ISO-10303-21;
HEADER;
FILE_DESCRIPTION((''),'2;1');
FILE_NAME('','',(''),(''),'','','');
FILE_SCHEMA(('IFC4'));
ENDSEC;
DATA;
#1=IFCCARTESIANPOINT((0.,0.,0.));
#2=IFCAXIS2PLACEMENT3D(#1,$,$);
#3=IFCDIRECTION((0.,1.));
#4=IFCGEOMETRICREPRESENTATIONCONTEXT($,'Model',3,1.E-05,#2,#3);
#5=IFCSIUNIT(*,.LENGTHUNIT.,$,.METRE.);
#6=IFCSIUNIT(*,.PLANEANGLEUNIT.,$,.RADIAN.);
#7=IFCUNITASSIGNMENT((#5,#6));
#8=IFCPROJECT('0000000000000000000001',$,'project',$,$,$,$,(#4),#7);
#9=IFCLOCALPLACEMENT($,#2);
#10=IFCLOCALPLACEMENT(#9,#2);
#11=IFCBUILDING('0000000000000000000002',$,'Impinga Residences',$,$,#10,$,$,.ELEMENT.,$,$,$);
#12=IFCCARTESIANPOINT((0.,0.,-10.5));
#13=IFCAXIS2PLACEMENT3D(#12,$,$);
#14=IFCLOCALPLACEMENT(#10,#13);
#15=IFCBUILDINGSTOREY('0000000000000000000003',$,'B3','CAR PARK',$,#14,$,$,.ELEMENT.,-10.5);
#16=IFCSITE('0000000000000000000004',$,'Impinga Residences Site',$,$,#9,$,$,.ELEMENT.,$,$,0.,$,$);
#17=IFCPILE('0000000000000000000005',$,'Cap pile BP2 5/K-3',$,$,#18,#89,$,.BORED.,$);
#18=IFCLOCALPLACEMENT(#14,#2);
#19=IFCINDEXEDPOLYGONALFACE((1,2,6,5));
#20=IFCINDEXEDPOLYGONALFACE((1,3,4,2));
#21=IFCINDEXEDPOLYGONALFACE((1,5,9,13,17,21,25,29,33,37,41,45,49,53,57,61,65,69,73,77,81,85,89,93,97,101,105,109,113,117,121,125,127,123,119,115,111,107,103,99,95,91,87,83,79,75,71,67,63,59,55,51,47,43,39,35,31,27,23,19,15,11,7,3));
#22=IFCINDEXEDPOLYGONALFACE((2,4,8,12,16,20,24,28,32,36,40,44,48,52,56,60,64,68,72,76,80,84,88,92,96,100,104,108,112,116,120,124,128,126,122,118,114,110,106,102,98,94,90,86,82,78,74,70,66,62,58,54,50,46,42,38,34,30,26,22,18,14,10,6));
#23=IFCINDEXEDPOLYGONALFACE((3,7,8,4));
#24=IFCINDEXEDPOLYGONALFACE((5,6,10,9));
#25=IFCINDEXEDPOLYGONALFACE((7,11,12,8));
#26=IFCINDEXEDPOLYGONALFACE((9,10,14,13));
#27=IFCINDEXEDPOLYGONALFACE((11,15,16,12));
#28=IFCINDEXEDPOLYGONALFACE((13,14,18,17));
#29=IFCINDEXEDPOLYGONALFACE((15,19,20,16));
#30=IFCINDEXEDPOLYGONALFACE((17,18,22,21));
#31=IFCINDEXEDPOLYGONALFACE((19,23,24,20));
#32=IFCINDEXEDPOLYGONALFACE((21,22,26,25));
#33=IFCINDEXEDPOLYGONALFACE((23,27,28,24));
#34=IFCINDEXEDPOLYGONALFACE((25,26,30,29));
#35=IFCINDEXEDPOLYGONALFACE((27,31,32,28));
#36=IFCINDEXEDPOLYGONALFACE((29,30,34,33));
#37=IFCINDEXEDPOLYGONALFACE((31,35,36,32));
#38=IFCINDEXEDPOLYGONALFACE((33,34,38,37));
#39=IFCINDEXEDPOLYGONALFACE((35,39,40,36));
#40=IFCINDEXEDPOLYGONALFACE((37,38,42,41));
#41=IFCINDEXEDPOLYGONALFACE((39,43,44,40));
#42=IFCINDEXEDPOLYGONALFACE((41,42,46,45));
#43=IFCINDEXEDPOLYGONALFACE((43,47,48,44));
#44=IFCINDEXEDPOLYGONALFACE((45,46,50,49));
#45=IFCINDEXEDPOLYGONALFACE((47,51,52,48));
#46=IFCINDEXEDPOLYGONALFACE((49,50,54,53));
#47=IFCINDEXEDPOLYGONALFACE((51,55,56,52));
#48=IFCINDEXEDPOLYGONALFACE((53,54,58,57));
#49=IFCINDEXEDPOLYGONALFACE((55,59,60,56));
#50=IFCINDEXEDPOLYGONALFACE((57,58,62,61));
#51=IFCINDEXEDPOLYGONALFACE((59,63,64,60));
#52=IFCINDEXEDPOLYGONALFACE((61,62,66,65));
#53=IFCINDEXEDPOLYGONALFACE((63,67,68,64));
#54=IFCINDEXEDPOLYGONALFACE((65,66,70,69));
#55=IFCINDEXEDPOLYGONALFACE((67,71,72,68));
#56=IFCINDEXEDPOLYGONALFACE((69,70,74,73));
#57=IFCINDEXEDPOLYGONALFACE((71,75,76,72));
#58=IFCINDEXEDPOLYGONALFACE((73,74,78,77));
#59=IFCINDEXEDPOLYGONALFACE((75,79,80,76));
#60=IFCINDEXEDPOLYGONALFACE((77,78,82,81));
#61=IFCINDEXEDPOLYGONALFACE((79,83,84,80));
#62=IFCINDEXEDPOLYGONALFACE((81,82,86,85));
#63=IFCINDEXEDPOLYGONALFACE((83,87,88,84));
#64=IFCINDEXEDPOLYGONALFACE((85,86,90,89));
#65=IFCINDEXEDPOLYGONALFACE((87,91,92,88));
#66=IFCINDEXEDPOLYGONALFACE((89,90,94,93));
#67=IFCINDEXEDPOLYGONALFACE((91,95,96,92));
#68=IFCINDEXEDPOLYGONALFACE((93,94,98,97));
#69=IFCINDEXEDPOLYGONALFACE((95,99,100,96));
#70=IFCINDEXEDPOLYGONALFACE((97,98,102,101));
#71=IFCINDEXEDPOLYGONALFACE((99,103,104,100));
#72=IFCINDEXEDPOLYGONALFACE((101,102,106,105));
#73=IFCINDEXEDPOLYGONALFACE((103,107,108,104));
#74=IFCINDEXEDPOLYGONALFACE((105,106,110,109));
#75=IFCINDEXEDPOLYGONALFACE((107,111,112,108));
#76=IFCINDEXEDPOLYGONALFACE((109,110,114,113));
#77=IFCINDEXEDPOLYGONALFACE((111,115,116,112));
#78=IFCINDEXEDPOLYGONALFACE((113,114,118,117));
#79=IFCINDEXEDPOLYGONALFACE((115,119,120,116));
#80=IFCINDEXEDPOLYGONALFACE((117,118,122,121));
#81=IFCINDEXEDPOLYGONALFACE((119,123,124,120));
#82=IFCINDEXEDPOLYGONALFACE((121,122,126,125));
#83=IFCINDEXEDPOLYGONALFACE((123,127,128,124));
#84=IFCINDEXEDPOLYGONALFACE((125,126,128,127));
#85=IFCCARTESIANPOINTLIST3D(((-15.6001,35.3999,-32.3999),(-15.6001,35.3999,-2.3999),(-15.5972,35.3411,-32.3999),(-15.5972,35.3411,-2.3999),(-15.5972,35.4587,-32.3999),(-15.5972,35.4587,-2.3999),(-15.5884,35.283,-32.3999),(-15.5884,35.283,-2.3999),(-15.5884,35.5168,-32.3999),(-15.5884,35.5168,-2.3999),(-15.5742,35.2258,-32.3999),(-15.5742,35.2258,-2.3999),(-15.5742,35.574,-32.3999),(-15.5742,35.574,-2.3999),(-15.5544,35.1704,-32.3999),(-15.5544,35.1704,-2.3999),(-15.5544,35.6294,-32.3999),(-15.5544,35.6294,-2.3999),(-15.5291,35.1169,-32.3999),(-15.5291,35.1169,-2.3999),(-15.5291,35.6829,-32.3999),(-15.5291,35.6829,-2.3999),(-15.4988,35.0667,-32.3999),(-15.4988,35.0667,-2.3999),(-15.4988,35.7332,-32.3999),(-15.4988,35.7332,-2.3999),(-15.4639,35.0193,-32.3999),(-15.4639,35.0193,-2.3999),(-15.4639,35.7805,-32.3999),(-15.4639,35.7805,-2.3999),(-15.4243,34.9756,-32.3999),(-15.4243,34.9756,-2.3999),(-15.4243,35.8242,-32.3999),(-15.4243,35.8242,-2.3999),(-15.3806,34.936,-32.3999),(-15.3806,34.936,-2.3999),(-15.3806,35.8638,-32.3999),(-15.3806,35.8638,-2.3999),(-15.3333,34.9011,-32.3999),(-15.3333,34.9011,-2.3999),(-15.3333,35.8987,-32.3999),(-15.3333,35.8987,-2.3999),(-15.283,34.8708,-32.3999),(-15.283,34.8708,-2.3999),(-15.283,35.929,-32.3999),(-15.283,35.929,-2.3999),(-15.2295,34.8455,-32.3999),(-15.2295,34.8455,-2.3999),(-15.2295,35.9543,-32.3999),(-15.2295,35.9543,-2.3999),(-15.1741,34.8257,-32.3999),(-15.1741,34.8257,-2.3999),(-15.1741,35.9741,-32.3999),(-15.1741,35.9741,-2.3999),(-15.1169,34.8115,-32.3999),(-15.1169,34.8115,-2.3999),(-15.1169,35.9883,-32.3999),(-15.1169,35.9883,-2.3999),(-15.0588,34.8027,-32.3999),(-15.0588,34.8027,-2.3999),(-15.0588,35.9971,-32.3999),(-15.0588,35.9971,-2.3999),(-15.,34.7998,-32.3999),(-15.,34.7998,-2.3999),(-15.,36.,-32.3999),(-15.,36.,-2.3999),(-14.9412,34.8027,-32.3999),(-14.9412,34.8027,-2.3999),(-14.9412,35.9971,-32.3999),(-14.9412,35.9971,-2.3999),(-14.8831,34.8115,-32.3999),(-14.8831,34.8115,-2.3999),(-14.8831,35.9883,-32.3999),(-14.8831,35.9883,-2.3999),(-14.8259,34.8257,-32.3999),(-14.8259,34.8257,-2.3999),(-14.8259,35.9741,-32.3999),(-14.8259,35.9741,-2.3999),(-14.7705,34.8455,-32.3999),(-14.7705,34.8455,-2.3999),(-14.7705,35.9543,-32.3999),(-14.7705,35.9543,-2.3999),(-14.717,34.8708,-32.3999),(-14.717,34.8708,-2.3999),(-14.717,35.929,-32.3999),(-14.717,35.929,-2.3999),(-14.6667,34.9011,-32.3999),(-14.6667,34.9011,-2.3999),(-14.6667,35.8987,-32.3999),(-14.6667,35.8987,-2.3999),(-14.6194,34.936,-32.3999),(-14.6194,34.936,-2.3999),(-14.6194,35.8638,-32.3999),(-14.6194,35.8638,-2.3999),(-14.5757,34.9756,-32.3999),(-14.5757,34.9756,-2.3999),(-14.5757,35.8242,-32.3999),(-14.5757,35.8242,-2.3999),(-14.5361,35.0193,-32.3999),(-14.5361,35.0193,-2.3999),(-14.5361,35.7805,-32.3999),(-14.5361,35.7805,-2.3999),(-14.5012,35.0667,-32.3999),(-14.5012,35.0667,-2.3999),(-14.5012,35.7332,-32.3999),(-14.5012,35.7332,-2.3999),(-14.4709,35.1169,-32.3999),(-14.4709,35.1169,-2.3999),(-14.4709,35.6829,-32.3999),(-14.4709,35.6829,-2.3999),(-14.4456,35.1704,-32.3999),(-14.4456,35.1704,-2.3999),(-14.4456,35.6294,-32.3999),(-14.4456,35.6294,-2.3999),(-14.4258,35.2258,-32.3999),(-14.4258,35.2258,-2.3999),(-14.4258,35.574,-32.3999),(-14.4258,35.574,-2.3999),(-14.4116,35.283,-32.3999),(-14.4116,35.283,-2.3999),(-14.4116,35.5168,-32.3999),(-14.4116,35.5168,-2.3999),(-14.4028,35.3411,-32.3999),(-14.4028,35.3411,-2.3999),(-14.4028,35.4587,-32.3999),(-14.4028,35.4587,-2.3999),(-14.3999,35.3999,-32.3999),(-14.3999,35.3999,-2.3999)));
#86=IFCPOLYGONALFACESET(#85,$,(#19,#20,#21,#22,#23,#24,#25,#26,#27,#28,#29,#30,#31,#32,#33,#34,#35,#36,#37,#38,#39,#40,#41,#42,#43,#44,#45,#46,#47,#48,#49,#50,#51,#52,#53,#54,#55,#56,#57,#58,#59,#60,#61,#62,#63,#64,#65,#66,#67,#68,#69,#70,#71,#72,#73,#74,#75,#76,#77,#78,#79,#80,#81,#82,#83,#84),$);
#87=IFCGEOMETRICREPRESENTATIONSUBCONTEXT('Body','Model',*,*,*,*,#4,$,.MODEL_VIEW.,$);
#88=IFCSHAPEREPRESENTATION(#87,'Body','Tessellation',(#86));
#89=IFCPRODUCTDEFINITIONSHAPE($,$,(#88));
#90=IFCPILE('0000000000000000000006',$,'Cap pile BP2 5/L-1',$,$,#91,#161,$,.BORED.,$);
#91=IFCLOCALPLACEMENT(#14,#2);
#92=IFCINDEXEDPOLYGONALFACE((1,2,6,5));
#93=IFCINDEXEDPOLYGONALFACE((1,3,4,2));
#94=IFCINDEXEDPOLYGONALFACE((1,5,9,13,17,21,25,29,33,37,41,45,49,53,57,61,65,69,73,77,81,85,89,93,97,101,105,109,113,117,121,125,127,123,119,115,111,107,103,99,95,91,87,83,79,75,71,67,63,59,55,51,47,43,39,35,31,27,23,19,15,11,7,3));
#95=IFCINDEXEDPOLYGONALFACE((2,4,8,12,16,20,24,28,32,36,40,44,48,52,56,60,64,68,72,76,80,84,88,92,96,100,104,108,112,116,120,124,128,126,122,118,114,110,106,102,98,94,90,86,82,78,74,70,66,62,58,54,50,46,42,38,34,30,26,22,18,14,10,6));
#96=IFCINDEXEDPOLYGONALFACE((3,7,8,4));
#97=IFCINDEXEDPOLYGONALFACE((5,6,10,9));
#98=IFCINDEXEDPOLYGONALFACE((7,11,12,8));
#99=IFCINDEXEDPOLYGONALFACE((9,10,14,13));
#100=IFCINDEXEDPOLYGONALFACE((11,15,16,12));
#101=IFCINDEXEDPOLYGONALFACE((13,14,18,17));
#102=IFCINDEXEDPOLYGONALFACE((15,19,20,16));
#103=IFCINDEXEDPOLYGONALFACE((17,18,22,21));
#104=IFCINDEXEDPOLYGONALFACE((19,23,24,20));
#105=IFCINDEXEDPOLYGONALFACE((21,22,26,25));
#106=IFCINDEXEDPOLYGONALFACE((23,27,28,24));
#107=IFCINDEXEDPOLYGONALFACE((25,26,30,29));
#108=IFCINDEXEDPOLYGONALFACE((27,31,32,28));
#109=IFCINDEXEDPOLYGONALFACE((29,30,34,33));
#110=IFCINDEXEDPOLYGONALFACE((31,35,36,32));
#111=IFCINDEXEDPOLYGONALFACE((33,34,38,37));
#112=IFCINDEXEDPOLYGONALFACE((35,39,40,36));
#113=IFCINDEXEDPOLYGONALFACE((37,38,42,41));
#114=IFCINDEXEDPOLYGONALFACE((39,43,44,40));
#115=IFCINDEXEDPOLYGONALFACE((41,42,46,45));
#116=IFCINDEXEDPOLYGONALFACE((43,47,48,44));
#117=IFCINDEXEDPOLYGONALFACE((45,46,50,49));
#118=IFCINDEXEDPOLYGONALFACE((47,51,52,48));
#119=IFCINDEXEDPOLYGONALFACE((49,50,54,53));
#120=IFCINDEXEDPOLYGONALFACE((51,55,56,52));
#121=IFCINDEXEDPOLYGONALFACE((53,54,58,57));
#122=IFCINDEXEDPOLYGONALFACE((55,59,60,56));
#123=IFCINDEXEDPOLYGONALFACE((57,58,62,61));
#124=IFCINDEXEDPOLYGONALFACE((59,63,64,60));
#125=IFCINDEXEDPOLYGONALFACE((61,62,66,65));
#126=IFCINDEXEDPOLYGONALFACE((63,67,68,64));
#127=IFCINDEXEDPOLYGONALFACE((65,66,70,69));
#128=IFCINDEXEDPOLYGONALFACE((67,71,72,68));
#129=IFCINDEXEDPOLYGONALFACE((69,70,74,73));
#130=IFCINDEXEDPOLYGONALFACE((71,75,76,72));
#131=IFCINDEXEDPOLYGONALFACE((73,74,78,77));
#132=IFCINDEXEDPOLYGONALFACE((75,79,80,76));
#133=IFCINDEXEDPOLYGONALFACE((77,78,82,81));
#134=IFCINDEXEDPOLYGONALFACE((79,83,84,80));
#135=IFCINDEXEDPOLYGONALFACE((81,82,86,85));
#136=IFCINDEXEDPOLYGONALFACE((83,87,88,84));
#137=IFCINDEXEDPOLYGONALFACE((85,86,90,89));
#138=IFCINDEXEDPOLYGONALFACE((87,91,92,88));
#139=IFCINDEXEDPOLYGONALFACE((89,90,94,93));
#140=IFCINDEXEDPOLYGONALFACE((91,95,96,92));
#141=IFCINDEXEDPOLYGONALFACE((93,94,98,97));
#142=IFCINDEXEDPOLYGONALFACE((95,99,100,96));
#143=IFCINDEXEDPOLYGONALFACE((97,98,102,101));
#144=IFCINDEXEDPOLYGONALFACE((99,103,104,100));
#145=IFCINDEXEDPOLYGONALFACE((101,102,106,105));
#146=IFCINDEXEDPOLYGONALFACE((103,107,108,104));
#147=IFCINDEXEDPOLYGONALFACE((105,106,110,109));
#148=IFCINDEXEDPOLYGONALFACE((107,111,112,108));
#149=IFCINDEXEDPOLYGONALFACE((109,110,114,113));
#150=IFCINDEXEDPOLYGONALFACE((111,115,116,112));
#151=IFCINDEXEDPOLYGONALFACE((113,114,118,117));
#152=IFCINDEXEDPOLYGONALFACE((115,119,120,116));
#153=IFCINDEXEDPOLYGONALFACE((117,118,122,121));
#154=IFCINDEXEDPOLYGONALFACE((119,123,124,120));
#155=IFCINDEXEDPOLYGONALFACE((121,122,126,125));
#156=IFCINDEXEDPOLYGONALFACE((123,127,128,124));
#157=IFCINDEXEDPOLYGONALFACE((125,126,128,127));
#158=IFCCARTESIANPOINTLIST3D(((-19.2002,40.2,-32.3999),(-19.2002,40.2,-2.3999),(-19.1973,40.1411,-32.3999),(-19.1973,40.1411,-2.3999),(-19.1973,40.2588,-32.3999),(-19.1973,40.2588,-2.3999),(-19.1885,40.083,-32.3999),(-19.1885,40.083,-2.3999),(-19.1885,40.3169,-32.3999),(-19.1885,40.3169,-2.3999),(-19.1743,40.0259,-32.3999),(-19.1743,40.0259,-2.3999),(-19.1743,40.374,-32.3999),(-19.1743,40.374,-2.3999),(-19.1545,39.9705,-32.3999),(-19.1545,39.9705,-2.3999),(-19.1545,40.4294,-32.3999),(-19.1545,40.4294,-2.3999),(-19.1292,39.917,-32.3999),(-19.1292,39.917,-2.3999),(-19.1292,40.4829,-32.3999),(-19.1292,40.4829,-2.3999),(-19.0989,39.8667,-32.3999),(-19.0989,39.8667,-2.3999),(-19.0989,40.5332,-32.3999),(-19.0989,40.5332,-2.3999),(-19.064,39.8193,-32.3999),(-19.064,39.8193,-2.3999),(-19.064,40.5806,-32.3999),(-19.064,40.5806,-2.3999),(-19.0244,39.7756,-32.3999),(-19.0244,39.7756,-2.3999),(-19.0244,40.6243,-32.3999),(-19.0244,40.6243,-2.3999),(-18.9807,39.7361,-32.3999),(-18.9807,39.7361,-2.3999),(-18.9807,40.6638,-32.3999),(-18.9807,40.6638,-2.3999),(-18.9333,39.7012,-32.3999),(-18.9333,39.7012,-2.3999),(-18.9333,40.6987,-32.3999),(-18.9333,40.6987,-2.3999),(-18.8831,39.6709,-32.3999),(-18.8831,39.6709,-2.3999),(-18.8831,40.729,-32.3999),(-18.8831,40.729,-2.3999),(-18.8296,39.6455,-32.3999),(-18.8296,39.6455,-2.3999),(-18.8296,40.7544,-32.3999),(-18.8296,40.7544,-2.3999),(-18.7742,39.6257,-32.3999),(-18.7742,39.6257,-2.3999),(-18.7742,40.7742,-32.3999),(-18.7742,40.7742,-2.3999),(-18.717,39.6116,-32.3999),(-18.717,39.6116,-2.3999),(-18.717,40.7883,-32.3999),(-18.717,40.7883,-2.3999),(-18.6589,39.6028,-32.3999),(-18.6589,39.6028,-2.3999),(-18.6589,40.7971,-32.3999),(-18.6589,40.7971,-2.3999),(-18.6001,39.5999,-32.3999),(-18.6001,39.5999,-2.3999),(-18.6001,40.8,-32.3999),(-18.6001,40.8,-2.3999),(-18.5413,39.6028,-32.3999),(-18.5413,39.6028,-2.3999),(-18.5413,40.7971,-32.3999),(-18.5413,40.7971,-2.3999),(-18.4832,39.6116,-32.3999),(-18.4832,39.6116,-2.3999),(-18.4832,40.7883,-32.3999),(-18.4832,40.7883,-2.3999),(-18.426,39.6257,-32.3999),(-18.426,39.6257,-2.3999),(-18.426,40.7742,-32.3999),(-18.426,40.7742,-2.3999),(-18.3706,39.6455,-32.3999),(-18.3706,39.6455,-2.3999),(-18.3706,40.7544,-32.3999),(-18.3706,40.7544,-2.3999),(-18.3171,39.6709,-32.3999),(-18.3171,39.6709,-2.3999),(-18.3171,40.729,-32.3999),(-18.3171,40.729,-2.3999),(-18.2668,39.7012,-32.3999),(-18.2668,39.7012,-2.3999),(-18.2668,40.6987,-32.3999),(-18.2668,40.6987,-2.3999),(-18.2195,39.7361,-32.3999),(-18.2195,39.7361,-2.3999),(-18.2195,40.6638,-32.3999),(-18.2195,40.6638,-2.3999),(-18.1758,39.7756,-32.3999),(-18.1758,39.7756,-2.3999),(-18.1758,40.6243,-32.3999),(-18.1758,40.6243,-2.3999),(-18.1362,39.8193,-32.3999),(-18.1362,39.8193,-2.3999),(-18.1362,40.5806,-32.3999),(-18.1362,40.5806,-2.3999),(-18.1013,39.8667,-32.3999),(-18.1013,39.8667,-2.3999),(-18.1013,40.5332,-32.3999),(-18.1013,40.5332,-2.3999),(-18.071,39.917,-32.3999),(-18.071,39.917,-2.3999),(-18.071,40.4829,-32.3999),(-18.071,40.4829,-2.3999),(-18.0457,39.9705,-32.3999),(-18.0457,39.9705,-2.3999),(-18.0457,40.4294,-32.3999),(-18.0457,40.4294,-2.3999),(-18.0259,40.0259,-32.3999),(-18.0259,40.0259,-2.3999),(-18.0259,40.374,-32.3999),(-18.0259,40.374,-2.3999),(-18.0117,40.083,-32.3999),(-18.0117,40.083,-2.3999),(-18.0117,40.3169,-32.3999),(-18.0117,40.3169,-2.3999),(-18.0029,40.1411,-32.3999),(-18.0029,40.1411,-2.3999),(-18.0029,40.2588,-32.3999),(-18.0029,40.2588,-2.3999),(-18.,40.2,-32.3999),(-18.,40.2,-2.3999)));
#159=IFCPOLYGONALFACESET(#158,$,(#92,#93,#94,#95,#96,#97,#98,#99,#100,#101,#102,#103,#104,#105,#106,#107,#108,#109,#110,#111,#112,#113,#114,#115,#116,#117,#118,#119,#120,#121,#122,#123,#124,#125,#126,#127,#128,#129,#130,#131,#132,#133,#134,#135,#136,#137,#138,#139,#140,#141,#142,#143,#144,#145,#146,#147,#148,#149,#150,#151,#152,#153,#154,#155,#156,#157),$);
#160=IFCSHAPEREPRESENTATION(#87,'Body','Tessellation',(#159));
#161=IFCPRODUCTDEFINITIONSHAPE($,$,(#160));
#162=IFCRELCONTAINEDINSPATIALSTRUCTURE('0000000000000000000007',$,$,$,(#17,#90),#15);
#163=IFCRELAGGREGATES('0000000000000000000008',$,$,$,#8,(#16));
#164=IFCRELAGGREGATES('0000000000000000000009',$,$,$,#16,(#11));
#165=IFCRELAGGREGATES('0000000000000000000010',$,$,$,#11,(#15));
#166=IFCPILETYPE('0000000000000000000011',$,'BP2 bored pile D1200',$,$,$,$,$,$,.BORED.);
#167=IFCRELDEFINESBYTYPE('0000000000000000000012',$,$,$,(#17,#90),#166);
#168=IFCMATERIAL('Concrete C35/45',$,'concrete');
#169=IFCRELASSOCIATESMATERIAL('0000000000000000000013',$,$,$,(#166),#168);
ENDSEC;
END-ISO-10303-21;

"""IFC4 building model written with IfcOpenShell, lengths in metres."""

from ifc_helpers import new_model, si_unit, direction, frame, origin, origin_2d, place, context, subcontext, project, spatial, polyline, circle, outline, extrude, material, material_profile, profile_set, type_object, element, save


model = new_model("IFC4")

# Units and contexts
model_context = context("Model", 3, precision=1e-05, world=origin(), true_north=direction((0.0, 1.0)))
body_context = subcontext(model_context, "Body", "Model", "MODEL_VIEW")
ifc_project = project(units=[si_unit("LENGTHUNIT", "METRE"), si_unit("PLANEANGLEUNIT", "RADIAN")], contexts=[model_context])

# Site, building, storey
site_placement = place(None, origin())
site = spatial("IfcSite", under=ifc_project, at=site_placement, Name="Impinga Residences Site", CompositionType="ELEMENT", RefElevation=0.0)
building_placement = place(site_placement, origin())
building = spatial("IfcBuilding", under=site, at=building_placement, Name="Impinga Residences", CompositionType="ELEMENT")
storey_placement = place(building_placement, frame((0.0, 0.0, -10.5)))
storey = spatial("IfcBuildingStorey", under=building, at=storey_placement, Name="B3", Description="CAR PARK", CompositionType="ELEMENT", Elevation=-10.5)

# Piles
ifc_material_1 = material(Name="Concrete C35/45", Category="concrete")
ifc_material_profile_1 = material_profile(ifc_material_1, circle(Radius=0.6001, at=origin_2d()), Name="D1200")
ifc_profile_set_1 = profile_set([ifc_material_profile_1], Name="Concrete C35/45")
pile_type_1 = type_object("IfcPileType", Name="BP2 bored pile D1200", PredefinedType="BORED", material=ifc_profile_set_1)
pile_1_placement = place(storey_placement, frame((-15.0, 35.3999, -2.3999), z_axis=(0.0, 0.0, -1.0), x_axis=(1.0, 0.0, 0.0)))
element("IfcPile", 1, at=pile_1_placement, inside=storey, type_object=pile_type_1, Name="Cap pile BP2 5/K-3", PredefinedType="BORED", context=body_context, shape_type="SweptSolid", body=[
    extrude(outline(polyline([(0.6001, 0.0), (0.5972, 0.0588), (0.5884, 0.1169), (0.5742, 0.1741), (0.5544, 0.2295), (0.5291, 0.283), (0.4988, 0.3333), (0.4639, 0.3806), (0.4243, 0.4243), (0.3806, 0.4639), (0.3333, 0.4988), (0.283, 0.5291), (0.2295, 0.5544), (0.1741, 0.5742), (0.1169, 0.5884), (0.0588, 0.5972), (0.0, 0.6001), (-0.0588, 0.5972), (-0.1169, 0.5884), (-0.1741, 0.5742), (-0.2295, 0.5544), (-0.283, 0.5291), (-0.3333, 0.4988), (-0.3806, 0.4639), (-0.4243, 0.4243), (-0.4639, 0.3806), (-0.4988, 0.3333), (-0.5291, 0.283), (-0.5544, 0.2295), (-0.5742, 0.1741), (-0.5884, 0.1169), (-0.5972, 0.0588), (-0.6001, 0.0), (-0.5972, -0.0588), (-0.5884, -0.1169), (-0.5742, -0.1741), (-0.5544, -0.2295), (-0.5291, -0.283), (-0.4988, -0.3333), (-0.4639, -0.3806), (-0.4243, -0.4243), (-0.3806, -0.4639), (-0.3333, -0.4988), (-0.283, -0.5291), (-0.2295, -0.5544), (-0.1741, -0.5742), (-0.1169, -0.5884), (-0.0588, -0.5972), (0.0, -0.6001), (0.0588, -0.5972), (0.1169, -0.5884), (0.1741, -0.5742), (0.2295, -0.5544), (0.283, -0.5291), (0.3333, -0.4988), (0.3806, -0.4639), (0.4243, -0.4243), (0.4639, -0.3806), (0.4988, -0.3333), (0.5291, -0.283), (0.5544, -0.2295), (0.5742, -0.1741), (0.5884, -0.1169), (0.5972, -0.0588), (0.6001, 0.0)])), origin(), (0.0, 0.0, 1.0), 30.0),
])
pile_2_placement = place(storey_placement, frame((-18.6001, 40.2, -2.3999), z_axis=(0.0, 0.0, -1.0), x_axis=(1.0, 0.0, 0.0)))
element("IfcPile", 2, at=pile_2_placement, inside=storey, type_object=pile_type_1, Name="Cap pile BP2 5/L-1", PredefinedType="BORED", context=body_context, shape_type="SweptSolid", body=[
    extrude(outline(polyline([(0.6001, 0.0), (0.5972, 0.0588), (0.5884, 0.1169), (0.5742, 0.1741), (0.5544, 0.2295), (0.5291, 0.283), (0.4988, 0.3333), (0.4639, 0.3806), (0.4243, 0.4243), (0.3806, 0.4639), (0.3333, 0.4988), (0.283, 0.5291), (0.2295, 0.5544), (0.1741, 0.5742), (0.1169, 0.5884), (0.0588, 0.5972), (0.0, 0.6001), (-0.0588, 0.5972), (-0.1169, 0.5884), (-0.1741, 0.5742), (-0.2295, 0.5544), (-0.283, 0.5291), (-0.3333, 0.4988), (-0.3806, 0.4639), (-0.4243, 0.4243), (-0.4639, 0.3806), (-0.4988, 0.3333), (-0.5291, 0.283), (-0.5544, 0.2295), (-0.5742, 0.1741), (-0.5884, 0.1169), (-0.5972, 0.0588), (-0.6001, 0.0), (-0.5972, -0.0588), (-0.5884, -0.1169), (-0.5742, -0.1741), (-0.5544, -0.2295), (-0.5291, -0.283), (-0.4988, -0.3333), (-0.4639, -0.3806), (-0.4243, -0.4243), (-0.3806, -0.4639), (-0.3333, -0.4988), (-0.283, -0.5291), (-0.2295, -0.5544), (-0.1741, -0.5742), (-0.1169, -0.5884), (-0.0588, -0.5972), (0.0, -0.6001), (0.0588, -0.5972), (0.1169, -0.5884), (0.1741, -0.5742), (0.2295, -0.5544), (0.283, -0.5291), (0.3333, -0.4988), (0.3806, -0.4639), (0.4243, -0.4243), (0.4639, -0.3806), (0.4988, -0.3333), (0.5291, -0.283), (0.5544, -0.2295), (0.5742, -0.1741), (0.5884, -0.1169), (0.5972, -0.0588), (0.6001, 0.0)])), origin(), (0.0, 0.0, 1.0), 30.0),
])

save(model, "model.ifc")
